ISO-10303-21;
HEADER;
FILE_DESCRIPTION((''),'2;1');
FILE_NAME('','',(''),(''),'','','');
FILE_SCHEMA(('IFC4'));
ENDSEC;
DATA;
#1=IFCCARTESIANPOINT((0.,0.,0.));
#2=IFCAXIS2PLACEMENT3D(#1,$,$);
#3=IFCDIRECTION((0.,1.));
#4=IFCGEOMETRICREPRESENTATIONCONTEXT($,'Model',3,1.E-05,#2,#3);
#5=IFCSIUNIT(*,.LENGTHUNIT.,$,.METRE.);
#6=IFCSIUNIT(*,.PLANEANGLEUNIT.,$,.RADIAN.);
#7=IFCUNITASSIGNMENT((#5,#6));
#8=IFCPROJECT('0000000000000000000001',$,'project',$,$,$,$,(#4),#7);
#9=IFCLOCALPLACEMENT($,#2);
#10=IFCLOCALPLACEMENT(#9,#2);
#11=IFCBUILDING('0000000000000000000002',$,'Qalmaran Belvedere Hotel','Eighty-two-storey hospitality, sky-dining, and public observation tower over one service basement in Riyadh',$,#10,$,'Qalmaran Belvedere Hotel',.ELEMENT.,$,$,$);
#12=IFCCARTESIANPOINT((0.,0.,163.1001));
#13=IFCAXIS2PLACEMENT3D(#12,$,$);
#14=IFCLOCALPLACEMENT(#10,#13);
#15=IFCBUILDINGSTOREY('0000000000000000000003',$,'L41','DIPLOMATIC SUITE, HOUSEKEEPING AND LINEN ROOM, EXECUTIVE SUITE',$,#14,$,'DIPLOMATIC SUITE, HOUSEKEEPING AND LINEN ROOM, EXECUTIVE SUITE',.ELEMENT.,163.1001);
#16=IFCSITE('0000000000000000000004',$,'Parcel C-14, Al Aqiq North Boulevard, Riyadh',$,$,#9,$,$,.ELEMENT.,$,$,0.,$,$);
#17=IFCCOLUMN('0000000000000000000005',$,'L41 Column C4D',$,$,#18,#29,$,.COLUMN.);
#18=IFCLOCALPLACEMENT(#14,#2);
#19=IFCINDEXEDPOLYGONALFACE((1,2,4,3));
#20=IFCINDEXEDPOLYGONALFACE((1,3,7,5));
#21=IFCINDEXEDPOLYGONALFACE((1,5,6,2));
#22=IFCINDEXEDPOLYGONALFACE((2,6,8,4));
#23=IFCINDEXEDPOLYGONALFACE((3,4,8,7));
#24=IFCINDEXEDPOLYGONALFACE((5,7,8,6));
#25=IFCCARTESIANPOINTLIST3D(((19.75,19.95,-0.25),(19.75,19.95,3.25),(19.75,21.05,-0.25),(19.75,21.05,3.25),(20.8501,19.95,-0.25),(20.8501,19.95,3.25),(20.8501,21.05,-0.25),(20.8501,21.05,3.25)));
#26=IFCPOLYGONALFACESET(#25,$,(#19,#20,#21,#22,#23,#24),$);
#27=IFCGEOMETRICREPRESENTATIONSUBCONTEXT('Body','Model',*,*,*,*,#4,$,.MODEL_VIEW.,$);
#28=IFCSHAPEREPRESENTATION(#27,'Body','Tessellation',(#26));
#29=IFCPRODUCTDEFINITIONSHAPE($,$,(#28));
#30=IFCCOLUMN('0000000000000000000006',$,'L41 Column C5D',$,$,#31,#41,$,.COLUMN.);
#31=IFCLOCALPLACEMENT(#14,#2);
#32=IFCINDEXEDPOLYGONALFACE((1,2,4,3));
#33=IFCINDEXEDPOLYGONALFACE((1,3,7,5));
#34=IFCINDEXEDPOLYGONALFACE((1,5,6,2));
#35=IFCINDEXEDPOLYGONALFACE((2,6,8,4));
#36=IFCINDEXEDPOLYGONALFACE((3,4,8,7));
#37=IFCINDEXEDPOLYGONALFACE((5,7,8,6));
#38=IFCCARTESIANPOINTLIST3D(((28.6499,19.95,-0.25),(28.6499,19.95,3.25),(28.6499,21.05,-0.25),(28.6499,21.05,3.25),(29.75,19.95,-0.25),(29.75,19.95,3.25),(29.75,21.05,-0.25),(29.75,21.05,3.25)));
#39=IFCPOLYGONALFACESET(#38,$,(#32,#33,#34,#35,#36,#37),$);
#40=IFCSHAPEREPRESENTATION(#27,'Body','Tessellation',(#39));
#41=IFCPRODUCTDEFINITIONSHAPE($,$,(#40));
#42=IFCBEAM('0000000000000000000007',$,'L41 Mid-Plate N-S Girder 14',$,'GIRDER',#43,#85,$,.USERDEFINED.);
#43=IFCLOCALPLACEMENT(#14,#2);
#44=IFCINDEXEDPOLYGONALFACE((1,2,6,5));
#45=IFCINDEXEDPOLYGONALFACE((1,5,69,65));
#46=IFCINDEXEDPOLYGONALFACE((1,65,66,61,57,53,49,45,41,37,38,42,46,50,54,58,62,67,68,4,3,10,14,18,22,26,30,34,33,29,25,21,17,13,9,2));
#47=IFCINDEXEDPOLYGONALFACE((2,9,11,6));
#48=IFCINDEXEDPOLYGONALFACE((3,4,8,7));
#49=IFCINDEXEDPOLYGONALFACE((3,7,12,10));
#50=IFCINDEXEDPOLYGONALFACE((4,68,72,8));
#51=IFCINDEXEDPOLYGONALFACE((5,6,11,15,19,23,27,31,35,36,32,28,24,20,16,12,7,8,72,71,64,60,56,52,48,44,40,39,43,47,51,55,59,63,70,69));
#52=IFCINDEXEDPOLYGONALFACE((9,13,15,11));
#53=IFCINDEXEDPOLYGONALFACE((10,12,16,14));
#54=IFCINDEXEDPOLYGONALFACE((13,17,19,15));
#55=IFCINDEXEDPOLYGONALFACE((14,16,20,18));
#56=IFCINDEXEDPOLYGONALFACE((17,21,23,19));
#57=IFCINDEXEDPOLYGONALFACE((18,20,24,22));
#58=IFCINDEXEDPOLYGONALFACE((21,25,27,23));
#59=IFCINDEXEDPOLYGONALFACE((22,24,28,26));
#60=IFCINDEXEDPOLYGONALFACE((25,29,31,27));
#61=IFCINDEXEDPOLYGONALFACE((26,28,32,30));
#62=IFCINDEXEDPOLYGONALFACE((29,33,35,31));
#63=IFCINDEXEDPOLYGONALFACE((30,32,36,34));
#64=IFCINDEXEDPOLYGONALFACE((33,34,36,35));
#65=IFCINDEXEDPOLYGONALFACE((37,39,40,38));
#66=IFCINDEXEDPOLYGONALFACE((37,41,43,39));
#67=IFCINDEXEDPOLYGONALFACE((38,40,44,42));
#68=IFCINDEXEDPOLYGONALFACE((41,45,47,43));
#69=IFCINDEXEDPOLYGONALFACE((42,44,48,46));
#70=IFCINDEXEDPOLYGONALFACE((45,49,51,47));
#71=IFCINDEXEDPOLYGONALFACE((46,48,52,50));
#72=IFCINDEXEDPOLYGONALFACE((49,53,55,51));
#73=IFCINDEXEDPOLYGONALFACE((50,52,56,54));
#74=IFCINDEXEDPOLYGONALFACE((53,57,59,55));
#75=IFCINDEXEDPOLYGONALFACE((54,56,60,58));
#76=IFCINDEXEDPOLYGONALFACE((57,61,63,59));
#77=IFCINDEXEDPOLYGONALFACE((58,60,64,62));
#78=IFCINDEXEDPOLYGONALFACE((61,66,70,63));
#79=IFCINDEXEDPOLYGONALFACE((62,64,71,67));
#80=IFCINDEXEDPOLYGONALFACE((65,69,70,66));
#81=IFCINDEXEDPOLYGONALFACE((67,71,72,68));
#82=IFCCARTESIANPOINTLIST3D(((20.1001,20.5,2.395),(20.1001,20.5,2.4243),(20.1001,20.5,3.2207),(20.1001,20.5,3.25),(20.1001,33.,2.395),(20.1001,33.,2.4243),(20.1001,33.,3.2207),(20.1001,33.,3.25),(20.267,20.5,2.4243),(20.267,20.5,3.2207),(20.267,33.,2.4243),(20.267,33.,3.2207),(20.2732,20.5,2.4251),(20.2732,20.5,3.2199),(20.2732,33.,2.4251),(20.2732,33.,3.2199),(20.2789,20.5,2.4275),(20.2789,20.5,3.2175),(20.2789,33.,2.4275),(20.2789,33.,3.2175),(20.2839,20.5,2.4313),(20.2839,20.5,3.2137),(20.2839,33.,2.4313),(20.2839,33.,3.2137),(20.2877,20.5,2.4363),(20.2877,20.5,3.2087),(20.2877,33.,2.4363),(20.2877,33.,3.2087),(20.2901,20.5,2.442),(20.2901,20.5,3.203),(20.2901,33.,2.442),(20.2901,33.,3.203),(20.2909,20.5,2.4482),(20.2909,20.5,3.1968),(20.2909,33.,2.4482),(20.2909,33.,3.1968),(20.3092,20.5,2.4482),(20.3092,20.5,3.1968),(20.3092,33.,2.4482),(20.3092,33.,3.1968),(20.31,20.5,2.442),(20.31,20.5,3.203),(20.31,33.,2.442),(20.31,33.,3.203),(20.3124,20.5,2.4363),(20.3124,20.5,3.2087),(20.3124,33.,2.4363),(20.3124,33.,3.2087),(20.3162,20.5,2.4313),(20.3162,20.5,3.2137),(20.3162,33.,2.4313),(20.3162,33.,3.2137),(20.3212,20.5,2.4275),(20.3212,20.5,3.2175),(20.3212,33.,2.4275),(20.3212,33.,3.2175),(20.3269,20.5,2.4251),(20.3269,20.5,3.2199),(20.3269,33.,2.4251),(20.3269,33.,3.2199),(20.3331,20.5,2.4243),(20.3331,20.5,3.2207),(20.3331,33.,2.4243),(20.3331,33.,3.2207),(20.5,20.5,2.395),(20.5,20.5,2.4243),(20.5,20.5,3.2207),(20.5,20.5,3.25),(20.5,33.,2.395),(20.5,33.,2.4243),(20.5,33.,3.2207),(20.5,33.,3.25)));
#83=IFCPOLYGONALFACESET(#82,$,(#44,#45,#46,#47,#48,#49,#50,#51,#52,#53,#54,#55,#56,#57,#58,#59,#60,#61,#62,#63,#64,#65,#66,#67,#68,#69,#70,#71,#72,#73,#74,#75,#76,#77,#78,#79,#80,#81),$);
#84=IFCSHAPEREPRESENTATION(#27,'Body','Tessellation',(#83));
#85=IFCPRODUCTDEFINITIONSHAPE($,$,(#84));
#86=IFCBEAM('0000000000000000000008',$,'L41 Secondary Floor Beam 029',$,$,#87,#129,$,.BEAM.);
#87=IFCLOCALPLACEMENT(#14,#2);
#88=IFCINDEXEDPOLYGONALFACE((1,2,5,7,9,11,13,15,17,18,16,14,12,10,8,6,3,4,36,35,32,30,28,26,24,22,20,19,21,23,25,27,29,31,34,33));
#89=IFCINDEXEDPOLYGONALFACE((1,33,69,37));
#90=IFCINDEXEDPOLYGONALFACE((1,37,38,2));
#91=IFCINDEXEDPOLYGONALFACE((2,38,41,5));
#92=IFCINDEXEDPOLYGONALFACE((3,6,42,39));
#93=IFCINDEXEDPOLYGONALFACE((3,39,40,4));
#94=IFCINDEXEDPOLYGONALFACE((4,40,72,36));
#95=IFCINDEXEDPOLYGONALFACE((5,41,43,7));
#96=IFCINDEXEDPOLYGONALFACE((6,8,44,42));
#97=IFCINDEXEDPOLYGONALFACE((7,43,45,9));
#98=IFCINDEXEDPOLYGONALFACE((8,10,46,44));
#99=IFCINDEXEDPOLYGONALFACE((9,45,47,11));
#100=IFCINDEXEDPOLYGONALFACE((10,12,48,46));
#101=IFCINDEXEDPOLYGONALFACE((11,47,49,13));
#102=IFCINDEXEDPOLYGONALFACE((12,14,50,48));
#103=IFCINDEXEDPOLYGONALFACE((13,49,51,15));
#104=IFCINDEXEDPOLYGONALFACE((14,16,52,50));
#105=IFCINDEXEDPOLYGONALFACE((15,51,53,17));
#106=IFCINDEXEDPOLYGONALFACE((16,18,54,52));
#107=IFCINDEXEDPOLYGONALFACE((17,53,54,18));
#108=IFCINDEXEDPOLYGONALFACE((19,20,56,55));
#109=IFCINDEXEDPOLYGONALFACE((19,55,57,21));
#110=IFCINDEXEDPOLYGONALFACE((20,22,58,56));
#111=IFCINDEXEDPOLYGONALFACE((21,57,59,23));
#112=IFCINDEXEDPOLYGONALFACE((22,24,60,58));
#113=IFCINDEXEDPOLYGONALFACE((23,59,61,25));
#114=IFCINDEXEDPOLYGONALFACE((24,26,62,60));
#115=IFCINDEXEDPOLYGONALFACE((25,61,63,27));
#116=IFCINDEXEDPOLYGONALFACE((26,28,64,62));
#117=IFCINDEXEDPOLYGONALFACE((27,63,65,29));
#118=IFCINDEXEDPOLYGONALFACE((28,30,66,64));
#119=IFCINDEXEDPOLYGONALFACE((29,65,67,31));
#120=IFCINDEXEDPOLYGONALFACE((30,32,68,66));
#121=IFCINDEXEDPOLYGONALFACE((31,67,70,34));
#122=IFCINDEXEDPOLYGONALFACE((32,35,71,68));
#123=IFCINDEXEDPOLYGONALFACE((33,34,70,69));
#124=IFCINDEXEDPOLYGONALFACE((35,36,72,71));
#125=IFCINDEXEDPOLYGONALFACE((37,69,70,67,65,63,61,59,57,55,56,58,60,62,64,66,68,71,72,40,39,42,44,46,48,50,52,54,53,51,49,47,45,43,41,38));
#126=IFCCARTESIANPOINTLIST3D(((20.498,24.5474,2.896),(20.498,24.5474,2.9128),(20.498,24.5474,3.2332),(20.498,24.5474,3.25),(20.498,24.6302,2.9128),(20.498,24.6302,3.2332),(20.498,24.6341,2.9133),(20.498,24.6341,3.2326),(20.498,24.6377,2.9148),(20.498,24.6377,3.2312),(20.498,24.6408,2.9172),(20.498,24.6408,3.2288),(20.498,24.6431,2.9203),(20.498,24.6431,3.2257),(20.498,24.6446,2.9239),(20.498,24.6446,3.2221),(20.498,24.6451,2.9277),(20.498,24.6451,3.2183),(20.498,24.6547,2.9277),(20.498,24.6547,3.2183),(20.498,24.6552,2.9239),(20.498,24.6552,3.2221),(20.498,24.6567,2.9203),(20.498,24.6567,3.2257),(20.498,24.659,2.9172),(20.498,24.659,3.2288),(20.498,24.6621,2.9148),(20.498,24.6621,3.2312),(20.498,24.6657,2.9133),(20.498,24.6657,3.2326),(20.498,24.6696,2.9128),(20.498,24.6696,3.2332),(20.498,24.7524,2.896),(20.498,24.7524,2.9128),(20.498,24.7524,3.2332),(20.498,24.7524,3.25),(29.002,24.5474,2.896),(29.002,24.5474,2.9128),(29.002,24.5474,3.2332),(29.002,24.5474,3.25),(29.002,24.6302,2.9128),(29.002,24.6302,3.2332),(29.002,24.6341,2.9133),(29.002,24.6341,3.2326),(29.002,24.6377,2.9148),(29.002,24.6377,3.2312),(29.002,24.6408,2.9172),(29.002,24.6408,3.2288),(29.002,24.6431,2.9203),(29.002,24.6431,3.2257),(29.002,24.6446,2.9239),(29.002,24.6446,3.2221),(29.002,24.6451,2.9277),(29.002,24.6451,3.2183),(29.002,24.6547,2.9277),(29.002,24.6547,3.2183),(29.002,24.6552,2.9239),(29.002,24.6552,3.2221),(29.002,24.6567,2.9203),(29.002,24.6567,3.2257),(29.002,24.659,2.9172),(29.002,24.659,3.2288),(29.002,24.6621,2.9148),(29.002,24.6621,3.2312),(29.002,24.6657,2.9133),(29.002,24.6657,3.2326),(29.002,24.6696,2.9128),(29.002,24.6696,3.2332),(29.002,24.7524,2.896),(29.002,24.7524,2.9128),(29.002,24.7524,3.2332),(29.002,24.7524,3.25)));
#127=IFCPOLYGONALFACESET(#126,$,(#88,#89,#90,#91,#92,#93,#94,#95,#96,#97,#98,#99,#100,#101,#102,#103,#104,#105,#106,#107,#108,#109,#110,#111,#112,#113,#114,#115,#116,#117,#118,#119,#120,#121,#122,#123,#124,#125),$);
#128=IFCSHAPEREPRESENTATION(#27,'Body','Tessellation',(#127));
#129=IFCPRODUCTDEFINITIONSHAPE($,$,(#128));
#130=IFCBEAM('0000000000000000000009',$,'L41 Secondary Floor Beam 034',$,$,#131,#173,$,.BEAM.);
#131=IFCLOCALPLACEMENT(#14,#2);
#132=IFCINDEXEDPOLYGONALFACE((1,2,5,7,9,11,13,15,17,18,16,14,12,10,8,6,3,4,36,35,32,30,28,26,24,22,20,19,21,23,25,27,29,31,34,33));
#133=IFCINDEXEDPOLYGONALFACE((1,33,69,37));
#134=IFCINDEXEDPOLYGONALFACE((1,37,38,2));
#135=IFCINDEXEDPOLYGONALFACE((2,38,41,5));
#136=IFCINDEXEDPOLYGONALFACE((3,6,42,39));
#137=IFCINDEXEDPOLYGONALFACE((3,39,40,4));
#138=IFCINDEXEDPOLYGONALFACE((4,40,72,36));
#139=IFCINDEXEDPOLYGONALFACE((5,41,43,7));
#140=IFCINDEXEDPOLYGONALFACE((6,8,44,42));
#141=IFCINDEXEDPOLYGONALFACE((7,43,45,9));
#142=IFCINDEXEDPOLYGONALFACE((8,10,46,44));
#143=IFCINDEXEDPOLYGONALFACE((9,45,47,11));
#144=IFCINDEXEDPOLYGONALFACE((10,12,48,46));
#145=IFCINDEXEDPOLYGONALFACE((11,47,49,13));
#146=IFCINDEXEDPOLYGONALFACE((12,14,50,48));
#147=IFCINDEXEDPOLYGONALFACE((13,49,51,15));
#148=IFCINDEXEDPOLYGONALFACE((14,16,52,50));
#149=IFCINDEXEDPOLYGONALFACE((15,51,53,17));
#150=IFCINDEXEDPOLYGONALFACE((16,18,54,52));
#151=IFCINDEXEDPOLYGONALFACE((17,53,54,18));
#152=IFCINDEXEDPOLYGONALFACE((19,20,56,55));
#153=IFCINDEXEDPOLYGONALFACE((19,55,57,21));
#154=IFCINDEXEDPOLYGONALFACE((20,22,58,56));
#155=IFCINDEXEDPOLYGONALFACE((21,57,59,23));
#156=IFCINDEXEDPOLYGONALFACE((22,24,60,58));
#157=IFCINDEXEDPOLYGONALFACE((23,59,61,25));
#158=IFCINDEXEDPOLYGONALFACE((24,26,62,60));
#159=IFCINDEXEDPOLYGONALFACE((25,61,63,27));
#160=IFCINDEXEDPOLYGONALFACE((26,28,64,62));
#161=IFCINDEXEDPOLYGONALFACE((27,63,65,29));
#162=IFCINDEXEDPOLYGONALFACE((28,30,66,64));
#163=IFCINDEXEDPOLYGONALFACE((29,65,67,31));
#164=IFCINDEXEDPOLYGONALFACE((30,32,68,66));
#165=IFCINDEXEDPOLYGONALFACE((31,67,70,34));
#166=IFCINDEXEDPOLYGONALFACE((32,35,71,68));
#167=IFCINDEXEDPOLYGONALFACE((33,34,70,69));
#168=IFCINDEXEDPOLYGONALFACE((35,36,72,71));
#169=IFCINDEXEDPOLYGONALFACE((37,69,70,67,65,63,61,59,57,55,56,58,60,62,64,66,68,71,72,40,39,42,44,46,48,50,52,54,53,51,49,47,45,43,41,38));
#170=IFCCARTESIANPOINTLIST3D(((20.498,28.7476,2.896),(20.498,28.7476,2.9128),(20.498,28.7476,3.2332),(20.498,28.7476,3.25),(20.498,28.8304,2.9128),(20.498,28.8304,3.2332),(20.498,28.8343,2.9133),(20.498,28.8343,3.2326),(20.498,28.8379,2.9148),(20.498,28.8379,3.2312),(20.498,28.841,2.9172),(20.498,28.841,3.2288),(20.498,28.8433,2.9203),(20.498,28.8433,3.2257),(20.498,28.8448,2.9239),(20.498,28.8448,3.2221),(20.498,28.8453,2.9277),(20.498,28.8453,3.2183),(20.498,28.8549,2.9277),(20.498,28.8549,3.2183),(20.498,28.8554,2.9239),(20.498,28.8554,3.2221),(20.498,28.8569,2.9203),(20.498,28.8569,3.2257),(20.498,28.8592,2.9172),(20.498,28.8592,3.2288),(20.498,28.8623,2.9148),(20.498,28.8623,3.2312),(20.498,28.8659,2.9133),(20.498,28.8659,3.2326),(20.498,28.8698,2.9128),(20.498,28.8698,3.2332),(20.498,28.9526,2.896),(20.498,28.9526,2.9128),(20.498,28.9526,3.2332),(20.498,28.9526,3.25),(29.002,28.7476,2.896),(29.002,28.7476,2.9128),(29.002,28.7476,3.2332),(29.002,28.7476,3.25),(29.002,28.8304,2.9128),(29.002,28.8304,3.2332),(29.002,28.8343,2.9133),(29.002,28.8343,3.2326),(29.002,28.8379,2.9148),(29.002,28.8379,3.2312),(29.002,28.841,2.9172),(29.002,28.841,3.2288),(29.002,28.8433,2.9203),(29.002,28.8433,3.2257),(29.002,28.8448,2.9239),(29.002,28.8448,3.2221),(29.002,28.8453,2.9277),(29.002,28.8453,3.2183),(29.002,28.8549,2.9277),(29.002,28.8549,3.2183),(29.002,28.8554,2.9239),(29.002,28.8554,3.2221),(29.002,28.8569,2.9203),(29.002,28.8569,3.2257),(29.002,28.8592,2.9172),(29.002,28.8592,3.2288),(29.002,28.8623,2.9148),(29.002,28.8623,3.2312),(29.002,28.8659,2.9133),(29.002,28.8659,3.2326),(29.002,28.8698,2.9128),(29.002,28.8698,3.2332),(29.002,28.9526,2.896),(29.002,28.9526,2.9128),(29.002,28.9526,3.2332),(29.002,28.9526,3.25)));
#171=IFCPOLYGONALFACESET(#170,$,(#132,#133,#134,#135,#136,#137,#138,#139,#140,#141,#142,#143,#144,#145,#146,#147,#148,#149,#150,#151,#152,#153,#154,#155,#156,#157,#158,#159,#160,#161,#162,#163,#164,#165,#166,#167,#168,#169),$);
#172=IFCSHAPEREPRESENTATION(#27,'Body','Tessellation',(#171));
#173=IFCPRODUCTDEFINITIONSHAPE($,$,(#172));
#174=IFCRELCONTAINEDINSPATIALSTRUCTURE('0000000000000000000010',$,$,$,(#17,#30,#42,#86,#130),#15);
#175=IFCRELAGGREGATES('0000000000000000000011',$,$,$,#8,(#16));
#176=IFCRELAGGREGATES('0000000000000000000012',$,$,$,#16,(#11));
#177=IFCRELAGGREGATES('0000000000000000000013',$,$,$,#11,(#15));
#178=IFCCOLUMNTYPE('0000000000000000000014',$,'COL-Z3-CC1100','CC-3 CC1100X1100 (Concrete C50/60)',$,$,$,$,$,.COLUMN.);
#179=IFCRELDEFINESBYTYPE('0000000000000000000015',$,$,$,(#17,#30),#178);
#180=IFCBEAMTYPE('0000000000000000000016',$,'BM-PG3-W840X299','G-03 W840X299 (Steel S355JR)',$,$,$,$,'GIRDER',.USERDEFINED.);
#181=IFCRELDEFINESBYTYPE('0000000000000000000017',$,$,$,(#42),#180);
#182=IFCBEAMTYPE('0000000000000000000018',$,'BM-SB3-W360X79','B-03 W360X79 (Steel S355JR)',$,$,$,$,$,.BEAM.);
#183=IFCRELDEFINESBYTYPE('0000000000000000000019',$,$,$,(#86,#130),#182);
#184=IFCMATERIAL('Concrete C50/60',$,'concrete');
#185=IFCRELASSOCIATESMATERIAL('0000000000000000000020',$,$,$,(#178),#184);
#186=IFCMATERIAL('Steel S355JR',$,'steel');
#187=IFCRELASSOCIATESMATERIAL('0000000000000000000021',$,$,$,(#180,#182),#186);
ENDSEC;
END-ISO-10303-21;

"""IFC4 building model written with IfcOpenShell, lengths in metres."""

from ifc_helpers import new_model, si_unit, direction, frame, origin, origin_2d, place, context, subcontext, project, spatial, rectangle, i_section, extrude, material, material_profile, profile_set, type_object, element, save


model = new_model("IFC4")

# Units and contexts
model_context = context("Model", 3, precision=1e-05, world=origin(), true_north=direction((0.0, 1.0)))
body_context = subcontext(model_context, "Body", "Model", "MODEL_VIEW")
ifc_project = project(units=[si_unit("LENGTHUNIT", "METRE"), si_unit("PLANEANGLEUNIT", "RADIAN")], contexts=[model_context])

# Site, building, storey
site_placement = place(None, origin())
site = spatial("IfcSite", under=ifc_project, at=site_placement, Name="Parcel C-14, Al Aqiq North Boulevard, Riyadh", CompositionType="ELEMENT", RefElevation=0.0)
building_placement = place(site_placement, origin())
building = spatial("IfcBuilding", under=site, at=building_placement, Name="Qalmaran Belvedere Hotel", Description="Eighty-two-storey hospitality, sky-dining, and public observation tower over one service basement in Riyadh", LongName="Qalmaran Belvedere Hotel", CompositionType="ELEMENT")
storey_placement = place(building_placement, frame((0.0, 0.0, 163.1001)))
storey = spatial("IfcBuildingStorey", under=building, at=storey_placement, Name="L41", Description="DIPLOMATIC SUITE, HOUSEKEEPING AND LINEN ROOM, EXECUTIVE SUITE", LongName="DIPLOMATIC SUITE, HOUSEKEEPING AND LINEN ROOM, EXECUTIVE SUITE", CompositionType="ELEMENT", Elevation=163.1001)

# Columns
ifc_material_1 = material(Name="Concrete C50/60", Category="concrete")
ifc_material_profile_1 = material_profile(ifc_material_1, rectangle(XDim=1.1001, YDim=1.1001, at=origin_2d()), Name="CC1100X1100")
ifc_profile_set_1 = profile_set([ifc_material_profile_1], Name="Concrete C50/60")
column_type = type_object("IfcColumnType", Name="COL-Z3-CC1100", Description="CC-3 CC1100X1100 (Concrete C50/60)", PredefinedType="COLUMN", material=ifc_profile_set_1)
for number, where, z_axis, x_axis, name in (
    (1, (20.3, 20.5, -0.25), (0.0, 0.0, 1.0), (1.0, 0.0, 0.0), "L41 Column C4D"),
    (2, (29.2, 20.5, -0.25), (0.0, 0.0, 1.0), (1.0, 0.0, 0.0), "L41 Column C5D"),
):
    element("IfcColumn", number, at=place(storey_placement, frame(where, z_axis=z_axis, x_axis=x_axis)), inside=storey, type_object=column_type, Name=name, PredefinedType="COLUMN", context=body_context, shape_type="SweptSolid", body=[
        extrude(rectangle(XDim=1.1001, YDim=1.1001, at=origin_2d()), origin(), (0.0, 0.0, 1.0), 3.5),
    ])

# Beams
ifc_material_2 = material(Name="Steel S355JR", Category="steel")
ifc_material_profile_2 = material_profile(ifc_material_2, i_section(OverallWidth=0.3999, OverallDepth=0.855, WebThickness=0.0183, FlangeThickness=0.0293, FilletRadius=0.0239, at=origin_2d()), Name="W840X299")
ifc_profile_set_2 = profile_set([ifc_material_profile_2], Name="Steel S355JR")
beam_type_1 = type_object("IfcBeamType", Name="BM-PG3-W840X299", Description="G-03 W840X299 (Steel S355JR)", ElementType="GIRDER", PredefinedType="USERDEFINED", material=ifc_profile_set_2)
beam_1_placement = place(storey_placement, frame((20.3, 20.5, 2.8225), z_axis=(0.0, 1.0, 0.0), x_axis=(-1.0, 0.0, 0.0)))
element("IfcBeam", 3, at=beam_1_placement, inside=storey, type_object=beam_type_1, Name="L41 Mid-Plate N-S Girder 14", ObjectType="GIRDER", PredefinedType="USERDEFINED", context=body_context, shape_type="SweptSolid", body=[
    extrude(i_section(OverallWidth=0.3999, OverallDepth=0.855, WebThickness=0.0183, FlangeThickness=0.0293, FilletRadius=0.0239, at=origin_2d()), origin(), (0.0, 0.0, 1.0), 12.5),
])
ifc_material_profile_3 = material_profile(ifc_material_2, i_section(OverallWidth=0.2051, OverallDepth=0.354, WebThickness=0.0095, FlangeThickness=0.0168, FilletRadius=0.0149, at=origin_2d()), Name="W360X79")
ifc_profile_set_3 = profile_set([ifc_material_profile_3], Name="Steel S355JR")
beam_type_2 = type_object("IfcBeamType", Name="BM-SB3-W360X79", Description="B-03 W360X79 (Steel S355JR)", PredefinedType="BEAM", material=ifc_profile_set_3)
for number, where, z_axis, x_axis, name in (
    (4, (20.498, 24.6499, 3.073), (1.0, 0.0, 0.0), (0.0, 1.0, 0.0), "L41 Secondary Floor Beam 029"),
    (5, (20.498, 28.8501, 3.073), (1.0, 0.0, 0.0), (0.0, 1.0, 0.0), "L41 Secondary Floor Beam 034"),
):
    element("IfcBeam", number, at=place(storey_placement, frame(where, z_axis=z_axis, x_axis=x_axis)), inside=storey, type_object=beam_type_2, Name=name, PredefinedType="BEAM", context=body_context, shape_type="SweptSolid", body=[
        extrude(i_section(OverallWidth=0.2051, OverallDepth=0.354, WebThickness=0.0095, FlangeThickness=0.0168, FilletRadius=0.0149, at=origin_2d()), origin(), (0.0, 0.0, 1.0), 8.5039),
    ])

save(model, "model.ifc")
